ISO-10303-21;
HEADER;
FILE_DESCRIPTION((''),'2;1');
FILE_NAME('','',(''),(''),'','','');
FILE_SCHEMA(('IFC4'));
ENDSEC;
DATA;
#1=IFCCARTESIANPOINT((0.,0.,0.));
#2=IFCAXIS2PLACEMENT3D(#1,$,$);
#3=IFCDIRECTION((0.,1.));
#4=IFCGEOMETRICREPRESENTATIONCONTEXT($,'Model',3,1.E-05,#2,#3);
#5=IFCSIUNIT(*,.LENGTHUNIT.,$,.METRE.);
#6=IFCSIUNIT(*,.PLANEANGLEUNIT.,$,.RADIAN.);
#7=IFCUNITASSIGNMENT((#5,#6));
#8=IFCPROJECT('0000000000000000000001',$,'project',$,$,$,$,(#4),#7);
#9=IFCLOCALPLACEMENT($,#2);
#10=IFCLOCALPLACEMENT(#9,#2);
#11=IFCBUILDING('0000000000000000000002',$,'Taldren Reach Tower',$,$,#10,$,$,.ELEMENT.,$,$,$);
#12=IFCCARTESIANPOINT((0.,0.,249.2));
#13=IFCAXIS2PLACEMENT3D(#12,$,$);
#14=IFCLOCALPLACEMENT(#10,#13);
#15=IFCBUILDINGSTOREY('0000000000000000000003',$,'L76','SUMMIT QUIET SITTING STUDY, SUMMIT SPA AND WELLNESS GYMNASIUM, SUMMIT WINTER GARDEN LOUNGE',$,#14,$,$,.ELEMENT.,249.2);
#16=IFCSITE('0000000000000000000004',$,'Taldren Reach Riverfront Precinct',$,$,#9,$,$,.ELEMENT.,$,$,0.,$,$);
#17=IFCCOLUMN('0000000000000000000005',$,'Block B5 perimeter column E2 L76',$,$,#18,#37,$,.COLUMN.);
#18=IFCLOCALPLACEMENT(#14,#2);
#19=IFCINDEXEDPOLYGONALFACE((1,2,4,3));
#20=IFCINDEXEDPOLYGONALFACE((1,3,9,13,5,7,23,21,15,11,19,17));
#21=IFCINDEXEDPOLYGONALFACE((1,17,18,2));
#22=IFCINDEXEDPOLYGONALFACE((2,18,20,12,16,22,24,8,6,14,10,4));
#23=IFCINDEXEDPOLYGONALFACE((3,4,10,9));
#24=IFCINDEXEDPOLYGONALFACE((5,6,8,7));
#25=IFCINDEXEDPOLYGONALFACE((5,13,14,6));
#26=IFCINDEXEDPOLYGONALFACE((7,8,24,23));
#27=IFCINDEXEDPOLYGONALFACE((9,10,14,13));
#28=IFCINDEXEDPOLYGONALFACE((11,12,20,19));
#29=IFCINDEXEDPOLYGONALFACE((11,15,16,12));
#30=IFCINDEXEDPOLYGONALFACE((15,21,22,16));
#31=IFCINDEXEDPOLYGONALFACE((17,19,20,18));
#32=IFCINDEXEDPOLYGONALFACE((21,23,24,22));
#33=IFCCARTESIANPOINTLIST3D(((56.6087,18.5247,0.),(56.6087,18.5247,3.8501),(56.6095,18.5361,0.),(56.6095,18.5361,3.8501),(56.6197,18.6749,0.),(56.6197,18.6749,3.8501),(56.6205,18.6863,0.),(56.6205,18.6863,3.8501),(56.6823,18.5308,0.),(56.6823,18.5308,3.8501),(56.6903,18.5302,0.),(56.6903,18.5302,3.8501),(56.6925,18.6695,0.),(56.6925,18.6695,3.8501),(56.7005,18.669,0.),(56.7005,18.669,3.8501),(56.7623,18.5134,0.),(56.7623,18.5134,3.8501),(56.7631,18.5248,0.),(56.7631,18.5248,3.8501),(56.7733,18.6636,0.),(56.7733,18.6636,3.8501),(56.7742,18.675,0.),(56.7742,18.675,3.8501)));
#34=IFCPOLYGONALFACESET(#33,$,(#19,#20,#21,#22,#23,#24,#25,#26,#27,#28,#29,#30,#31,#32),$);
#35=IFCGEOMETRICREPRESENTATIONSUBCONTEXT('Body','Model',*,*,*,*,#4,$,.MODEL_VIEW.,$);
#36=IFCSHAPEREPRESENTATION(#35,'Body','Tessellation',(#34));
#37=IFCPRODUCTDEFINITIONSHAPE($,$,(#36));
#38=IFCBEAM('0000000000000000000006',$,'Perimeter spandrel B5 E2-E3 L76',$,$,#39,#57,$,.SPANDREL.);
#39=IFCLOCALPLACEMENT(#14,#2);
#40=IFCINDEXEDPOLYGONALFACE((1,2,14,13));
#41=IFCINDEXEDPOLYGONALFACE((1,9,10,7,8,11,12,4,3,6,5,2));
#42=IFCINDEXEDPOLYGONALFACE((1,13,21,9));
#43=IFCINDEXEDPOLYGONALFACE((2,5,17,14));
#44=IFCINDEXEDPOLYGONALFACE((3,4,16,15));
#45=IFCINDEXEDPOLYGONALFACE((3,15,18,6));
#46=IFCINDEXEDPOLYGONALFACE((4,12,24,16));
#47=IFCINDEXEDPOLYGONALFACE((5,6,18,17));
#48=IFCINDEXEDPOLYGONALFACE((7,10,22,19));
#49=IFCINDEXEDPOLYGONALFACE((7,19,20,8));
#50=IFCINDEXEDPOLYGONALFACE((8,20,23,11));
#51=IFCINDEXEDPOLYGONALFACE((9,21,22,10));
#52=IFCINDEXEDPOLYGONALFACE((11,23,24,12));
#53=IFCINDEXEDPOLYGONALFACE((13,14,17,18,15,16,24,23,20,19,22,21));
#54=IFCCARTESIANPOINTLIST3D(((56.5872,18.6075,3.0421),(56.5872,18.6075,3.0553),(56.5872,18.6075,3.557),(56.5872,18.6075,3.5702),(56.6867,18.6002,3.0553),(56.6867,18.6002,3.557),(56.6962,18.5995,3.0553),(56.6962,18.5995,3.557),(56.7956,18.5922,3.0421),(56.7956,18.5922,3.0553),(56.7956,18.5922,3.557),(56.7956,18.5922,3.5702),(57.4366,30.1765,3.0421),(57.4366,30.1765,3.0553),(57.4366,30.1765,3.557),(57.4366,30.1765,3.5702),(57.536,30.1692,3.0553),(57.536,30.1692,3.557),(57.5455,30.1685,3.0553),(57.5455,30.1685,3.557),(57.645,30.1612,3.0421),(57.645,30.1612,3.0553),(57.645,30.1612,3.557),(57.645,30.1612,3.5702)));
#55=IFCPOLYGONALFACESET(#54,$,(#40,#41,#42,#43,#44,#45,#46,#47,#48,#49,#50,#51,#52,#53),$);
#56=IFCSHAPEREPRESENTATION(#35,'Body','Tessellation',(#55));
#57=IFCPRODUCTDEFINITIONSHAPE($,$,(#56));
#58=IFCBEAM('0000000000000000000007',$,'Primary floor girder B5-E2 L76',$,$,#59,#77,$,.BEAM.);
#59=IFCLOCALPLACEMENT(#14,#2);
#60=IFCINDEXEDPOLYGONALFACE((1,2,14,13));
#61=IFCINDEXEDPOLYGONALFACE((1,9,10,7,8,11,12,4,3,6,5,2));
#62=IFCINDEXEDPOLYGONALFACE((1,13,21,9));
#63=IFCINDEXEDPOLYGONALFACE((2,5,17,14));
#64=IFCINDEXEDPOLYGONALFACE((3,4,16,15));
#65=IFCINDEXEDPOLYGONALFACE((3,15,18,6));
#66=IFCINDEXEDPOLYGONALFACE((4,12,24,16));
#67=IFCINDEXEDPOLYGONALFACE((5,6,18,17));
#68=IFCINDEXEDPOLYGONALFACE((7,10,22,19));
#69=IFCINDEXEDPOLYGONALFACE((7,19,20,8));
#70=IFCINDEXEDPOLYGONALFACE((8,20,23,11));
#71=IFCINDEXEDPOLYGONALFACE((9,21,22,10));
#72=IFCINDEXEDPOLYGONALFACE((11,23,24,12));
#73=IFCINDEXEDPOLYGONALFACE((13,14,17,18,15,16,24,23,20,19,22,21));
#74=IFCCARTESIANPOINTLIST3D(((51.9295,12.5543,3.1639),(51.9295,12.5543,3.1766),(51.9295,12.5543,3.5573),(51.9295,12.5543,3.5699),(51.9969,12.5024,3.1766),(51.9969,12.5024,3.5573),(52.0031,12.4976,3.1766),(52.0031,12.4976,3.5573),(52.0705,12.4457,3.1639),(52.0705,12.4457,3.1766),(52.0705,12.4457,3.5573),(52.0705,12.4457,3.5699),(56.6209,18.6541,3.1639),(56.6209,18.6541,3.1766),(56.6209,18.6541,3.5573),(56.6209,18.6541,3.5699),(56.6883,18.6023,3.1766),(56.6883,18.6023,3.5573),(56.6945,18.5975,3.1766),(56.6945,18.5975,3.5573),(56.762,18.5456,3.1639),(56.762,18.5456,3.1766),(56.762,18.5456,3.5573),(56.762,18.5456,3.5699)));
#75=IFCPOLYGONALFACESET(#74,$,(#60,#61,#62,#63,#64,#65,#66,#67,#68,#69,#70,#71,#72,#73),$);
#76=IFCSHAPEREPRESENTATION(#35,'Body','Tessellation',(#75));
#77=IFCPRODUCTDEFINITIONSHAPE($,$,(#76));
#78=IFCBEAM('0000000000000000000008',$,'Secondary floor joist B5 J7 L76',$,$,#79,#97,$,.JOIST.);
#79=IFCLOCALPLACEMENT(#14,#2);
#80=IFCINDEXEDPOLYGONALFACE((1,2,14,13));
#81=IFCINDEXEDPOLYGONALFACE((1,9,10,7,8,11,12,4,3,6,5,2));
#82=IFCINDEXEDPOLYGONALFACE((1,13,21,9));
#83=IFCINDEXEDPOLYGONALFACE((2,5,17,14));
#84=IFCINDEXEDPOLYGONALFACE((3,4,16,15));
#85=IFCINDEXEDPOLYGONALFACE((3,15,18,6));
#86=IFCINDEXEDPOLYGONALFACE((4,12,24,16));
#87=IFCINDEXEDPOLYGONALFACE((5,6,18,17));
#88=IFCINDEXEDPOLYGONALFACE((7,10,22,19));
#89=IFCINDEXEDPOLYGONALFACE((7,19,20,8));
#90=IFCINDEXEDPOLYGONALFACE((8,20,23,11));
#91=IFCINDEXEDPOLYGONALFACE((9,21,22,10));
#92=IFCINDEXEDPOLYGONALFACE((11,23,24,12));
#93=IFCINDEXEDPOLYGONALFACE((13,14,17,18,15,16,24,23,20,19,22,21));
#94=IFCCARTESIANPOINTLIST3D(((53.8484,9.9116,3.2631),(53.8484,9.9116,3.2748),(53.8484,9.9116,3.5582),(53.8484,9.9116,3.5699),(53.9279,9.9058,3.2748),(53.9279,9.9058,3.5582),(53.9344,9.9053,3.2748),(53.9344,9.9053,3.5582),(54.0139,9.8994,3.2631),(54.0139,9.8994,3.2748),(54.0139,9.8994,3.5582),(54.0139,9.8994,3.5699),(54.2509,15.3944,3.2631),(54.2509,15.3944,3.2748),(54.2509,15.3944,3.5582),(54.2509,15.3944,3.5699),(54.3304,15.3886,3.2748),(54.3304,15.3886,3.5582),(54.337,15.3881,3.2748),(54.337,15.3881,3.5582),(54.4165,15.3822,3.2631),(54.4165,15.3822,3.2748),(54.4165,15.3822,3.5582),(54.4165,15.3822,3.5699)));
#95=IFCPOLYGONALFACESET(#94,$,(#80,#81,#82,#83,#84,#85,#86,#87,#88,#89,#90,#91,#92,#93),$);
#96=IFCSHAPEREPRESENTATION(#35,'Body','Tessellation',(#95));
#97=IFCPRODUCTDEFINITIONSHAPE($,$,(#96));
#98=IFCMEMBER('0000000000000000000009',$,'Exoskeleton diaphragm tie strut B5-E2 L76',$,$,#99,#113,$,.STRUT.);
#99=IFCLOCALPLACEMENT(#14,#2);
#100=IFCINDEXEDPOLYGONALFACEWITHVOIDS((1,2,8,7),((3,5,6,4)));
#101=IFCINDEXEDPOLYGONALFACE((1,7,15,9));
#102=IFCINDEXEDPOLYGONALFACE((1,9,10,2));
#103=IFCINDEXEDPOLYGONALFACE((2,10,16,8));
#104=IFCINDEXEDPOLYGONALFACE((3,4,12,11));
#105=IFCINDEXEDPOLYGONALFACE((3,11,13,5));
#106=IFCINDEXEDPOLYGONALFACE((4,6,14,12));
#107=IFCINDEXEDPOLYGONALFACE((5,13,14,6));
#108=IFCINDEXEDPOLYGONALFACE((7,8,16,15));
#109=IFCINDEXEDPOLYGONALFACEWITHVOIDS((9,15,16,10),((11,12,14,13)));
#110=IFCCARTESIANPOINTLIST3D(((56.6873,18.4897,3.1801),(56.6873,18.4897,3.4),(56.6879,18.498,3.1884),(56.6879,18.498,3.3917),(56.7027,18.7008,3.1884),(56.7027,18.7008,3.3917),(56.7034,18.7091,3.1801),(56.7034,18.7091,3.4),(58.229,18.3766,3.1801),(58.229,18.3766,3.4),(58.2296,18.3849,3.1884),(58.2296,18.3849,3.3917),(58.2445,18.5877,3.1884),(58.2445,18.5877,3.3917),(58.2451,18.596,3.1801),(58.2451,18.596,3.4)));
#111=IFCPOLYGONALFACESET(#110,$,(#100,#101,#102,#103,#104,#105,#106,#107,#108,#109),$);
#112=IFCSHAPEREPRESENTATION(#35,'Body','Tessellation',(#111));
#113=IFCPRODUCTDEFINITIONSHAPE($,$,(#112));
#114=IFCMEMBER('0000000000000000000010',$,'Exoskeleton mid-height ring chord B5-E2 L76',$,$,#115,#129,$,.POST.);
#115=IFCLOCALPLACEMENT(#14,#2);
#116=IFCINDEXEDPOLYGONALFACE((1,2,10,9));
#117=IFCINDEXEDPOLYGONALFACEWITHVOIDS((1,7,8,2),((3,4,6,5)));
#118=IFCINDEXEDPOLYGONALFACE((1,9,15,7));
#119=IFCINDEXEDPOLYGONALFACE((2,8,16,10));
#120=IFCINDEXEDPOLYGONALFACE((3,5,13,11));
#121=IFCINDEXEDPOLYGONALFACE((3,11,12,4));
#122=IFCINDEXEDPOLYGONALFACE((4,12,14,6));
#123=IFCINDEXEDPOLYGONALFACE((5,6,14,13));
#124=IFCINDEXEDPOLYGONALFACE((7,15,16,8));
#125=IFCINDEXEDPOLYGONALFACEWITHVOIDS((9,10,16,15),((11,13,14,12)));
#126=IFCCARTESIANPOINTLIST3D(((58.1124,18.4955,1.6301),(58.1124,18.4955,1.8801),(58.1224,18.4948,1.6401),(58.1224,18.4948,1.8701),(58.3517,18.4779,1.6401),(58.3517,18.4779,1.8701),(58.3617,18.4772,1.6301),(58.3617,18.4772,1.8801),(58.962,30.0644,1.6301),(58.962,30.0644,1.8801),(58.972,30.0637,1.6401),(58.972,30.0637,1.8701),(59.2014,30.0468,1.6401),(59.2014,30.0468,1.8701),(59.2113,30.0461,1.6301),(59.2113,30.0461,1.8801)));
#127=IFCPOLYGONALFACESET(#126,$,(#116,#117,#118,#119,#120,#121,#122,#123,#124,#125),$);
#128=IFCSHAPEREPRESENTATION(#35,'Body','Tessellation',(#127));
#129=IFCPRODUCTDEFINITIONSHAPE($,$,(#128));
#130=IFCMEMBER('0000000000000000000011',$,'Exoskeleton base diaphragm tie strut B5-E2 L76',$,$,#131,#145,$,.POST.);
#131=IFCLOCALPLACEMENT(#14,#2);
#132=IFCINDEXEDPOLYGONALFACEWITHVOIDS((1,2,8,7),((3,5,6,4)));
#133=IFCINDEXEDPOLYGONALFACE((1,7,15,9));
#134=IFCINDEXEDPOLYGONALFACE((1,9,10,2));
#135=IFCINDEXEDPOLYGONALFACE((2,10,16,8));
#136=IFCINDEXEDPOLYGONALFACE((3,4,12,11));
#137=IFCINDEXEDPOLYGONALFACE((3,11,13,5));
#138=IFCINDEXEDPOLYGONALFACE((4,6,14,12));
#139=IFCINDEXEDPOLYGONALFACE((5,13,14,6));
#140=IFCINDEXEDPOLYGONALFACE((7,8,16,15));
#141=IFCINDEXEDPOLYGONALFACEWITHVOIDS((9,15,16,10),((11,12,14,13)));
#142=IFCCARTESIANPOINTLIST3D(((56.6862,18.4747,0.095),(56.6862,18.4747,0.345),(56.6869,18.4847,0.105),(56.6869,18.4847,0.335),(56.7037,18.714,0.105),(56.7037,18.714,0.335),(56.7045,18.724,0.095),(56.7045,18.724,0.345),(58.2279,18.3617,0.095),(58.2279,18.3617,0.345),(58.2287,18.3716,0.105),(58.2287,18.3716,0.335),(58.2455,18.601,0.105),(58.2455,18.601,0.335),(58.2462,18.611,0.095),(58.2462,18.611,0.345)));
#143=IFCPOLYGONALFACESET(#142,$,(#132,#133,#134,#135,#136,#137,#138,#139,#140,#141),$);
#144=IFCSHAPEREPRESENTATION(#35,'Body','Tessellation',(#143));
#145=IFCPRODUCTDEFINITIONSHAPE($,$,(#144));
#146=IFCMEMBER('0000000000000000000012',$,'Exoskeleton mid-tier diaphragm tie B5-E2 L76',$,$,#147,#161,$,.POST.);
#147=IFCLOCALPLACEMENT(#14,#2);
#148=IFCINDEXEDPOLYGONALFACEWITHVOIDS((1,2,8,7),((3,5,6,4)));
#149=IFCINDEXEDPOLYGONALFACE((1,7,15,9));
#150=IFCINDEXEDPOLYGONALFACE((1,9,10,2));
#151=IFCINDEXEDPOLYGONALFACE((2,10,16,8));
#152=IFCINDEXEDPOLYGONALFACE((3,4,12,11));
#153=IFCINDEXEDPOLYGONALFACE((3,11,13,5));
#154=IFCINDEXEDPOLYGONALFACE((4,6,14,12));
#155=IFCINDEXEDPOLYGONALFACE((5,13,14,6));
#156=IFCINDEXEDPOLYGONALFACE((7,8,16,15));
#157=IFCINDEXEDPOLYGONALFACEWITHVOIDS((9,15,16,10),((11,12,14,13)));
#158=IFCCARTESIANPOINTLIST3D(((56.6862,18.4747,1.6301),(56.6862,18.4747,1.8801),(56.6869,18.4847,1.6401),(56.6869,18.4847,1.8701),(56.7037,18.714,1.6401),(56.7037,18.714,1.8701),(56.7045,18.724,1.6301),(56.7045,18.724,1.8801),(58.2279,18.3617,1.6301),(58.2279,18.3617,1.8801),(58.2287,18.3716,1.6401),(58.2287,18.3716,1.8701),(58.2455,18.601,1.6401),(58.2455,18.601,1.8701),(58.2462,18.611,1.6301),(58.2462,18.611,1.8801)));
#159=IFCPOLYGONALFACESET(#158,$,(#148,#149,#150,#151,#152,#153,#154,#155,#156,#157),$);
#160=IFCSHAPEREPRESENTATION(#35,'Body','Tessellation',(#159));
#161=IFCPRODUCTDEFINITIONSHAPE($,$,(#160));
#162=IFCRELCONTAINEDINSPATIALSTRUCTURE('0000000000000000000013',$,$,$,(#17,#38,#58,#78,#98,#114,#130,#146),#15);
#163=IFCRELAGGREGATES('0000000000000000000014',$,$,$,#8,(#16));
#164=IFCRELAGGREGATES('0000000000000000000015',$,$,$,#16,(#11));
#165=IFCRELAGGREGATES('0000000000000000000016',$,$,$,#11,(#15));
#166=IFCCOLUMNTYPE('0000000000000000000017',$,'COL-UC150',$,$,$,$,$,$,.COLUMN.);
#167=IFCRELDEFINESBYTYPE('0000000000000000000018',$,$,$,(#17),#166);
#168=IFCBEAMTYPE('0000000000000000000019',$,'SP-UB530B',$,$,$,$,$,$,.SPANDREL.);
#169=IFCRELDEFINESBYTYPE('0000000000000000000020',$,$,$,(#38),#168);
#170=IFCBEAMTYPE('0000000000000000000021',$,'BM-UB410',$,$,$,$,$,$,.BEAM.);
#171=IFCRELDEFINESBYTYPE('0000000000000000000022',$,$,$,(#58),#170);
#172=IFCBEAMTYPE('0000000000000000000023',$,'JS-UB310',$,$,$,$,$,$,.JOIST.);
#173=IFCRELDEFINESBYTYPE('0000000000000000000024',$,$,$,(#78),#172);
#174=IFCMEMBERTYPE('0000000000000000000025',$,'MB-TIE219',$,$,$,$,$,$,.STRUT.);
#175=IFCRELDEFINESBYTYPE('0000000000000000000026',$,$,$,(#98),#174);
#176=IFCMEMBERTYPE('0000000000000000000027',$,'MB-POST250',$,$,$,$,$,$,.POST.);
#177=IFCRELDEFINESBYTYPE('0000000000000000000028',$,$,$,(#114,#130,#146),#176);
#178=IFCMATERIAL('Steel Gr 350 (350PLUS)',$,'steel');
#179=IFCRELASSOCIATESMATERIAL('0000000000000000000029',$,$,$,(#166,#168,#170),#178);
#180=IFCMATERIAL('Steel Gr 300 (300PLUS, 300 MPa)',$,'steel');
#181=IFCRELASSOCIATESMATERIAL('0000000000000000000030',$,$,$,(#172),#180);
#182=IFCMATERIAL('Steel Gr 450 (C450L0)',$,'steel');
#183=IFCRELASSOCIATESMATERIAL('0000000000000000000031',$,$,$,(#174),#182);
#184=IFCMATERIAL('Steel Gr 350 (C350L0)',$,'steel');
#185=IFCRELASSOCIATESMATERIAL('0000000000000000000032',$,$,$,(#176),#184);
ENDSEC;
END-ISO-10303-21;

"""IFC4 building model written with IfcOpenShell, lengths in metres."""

from ifc_helpers import new_model, si_unit, direction, frame, origin, origin_2d, place, context, subcontext, project, spatial, hollow_rectangle, i_section, extrude, source, transform, mapped, material, material_profile, profile_set, type_object, element, save


model = new_model("IFC4")

# Units and contexts
model_context = context("Model", 3, precision=1e-05, world=origin(), true_north=direction((0.0, 1.0)))
body_context = subcontext(model_context, "Body", "Model", "MODEL_VIEW")
ifc_project = project(units=[si_unit("LENGTHUNIT", "METRE"), si_unit("PLANEANGLEUNIT", "RADIAN")], contexts=[model_context])

# Site, building, storey
site_placement = place(None, origin())
site = spatial("IfcSite", under=ifc_project, at=site_placement, Name="Taldren Reach Riverfront Precinct", CompositionType="ELEMENT", RefElevation=0.0)
building_placement = place(site_placement, origin())
building = spatial("IfcBuilding", under=site, at=building_placement, Name="Taldren Reach Tower", CompositionType="ELEMENT")
storey_placement = place(building_placement, frame((0.0, 0.0, 249.2)))
storey = spatial("IfcBuildingStorey", under=building, at=storey_placement, Name="L76", Description="SUMMIT QUIET SITTING STUDY, SUMMIT SPA AND WELLNESS GYMNASIUM, SUMMIT WINTER GARDEN LOUNGE", CompositionType="ELEMENT", Elevation=249.2)

# Column
ifc_material_1 = material(Name="Steel Gr 350 (350PLUS)", Category="steel")
ifc_material_profile_1 = material_profile(ifc_material_1, i_section(OverallWidth=0.1541, OverallDepth=0.1621, WebThickness=0.0081, FlangeThickness=0.0115, at=origin_2d()), Name="150UC37.2")
ifc_profile_set_1 = profile_set([ifc_material_profile_1], Name="Steel Gr 350 (350PLUS)")
column_type = type_object("IfcColumnType", Name="COL-UC150", PredefinedType="COLUMN", material=ifc_profile_set_1)
shared_shape_1 = source(origin(), body_context, "Body", "SweptSolid", [
    extrude(i_section(OverallWidth=0.1541, OverallDepth=0.1621, WebThickness=0.0081, FlangeThickness=0.0115, at=origin_2d()), origin(), (0.0, 0.0, 1.0), 3.8501),
])
column_placement = place(storey_placement, frame((56.6914, 18.5999, 0.0), z_axis=(0.0, 0.0, 1.0), x_axis=(0.997314, -0.073238, 0.0)))
element("IfcColumn", 1, at=column_placement, inside=storey, type_object=column_type, Name="Block B5 perimeter column E2 L76", PredefinedType="COLUMN", context=body_context, shape_type="MappedRepresentation", body=[
    mapped(shared_shape_1, transform((0.0, 0.0, 0.0), scale=1.0)),
])

# Beams
ifc_material_profile_2 = material_profile(ifc_material_1, i_section(OverallWidth=0.209, OverallDepth=0.5281, WebThickness=0.0095, FlangeThickness=0.0132, at=origin_2d()), Name="530UB82.0")
ifc_profile_set_2 = profile_set([ifc_material_profile_2], Name="Steel Gr 350 (350PLUS)")
beam_type_1 = type_object("IfcBeamType", Name="SP-UB530B", PredefinedType="SPANDREL", material=ifc_profile_set_2)
shared_shape_2 = source(origin(), body_context, "Body", "SweptSolid", [
    extrude(i_section(OverallWidth=0.209, OverallDepth=0.5281, WebThickness=0.0095, FlangeThickness=0.0132, at=origin_2d()), origin(), (0.0, 0.0, 1.0), 11.6001),
])
beam_1_placement = place(storey_placement, frame((56.6914, 18.5999, 3.3062), z_axis=(0.073221, 0.997316, 0.0), x_axis=(-0.997316, 0.073221, 0.0)))
element("IfcBeam", 2, at=beam_1_placement, inside=storey, type_object=beam_type_1, Name="Perimeter spandrel B5 E2-E3 L76", PredefinedType="SPANDREL", context=body_context, shape_type="MappedRepresentation", body=[
    mapped(shared_shape_2, transform((0.0, 0.0, 0.0), scale=1.0)),
])
ifc_material_profile_3 = material_profile(ifc_material_1, i_section(OverallWidth=0.178, OverallDepth=0.406, WebThickness=0.0078, FlangeThickness=0.0127, at=origin_2d()), Name="410UB59.7")
ifc_profile_set_3 = profile_set([ifc_material_profile_3], Name="Steel Gr 350 (350PLUS)")
beam_type_2 = type_object("IfcBeamType", Name="BM-UB410", PredefinedType="BEAM", material=ifc_profile_set_3)
shared_shape_3 = source(origin(), body_context, "Body", "SweptSolid", [
    extrude(i_section(OverallWidth=0.178, OverallDepth=0.406, WebThickness=0.0078, FlangeThickness=0.0127, at=origin_2d()), origin(), (0.0, 0.0, 1.0), 7.6953),
])
beam_2_placement = place(storey_placement, frame((52.0, 12.5, 3.3669), z_axis=(0.609646, 0.792674, 0.0), x_axis=(-0.792674, 0.609646, 0.0)))
element("IfcBeam", 3, at=beam_2_placement, inside=storey, type_object=beam_type_2, Name="Primary floor girder B5-E2 L76", PredefinedType="BEAM", context=body_context, shape_type="MappedRepresentation", body=[
    mapped(shared_shape_3, transform((0.0, 0.0, 0.0), scale=1.0)),
])
ifc_material_2 = material(Name="Steel Gr 300 (300PLUS, 300 MPa)", Category="steel")
ifc_material_profile_4 = material_profile(ifc_material_2, i_section(OverallWidth=0.166, OverallDepth=0.3069, WebThickness=0.0066, FlangeThickness=0.0117, at=origin_2d()), Name="310UB46.2")
ifc_profile_set_4 = profile_set([ifc_material_profile_4], Name="Steel Gr 300 (300PLUS, 300 MPa)")
beam_type_3 = type_object("IfcBeamType", Name="JS-UB310", PredefinedType="JOIST", material=ifc_profile_set_4)
shared_shape_4 = source(origin(), body_context, "Body", "SweptSolid", [
    extrude(i_section(OverallWidth=0.166, OverallDepth=0.3069, WebThickness=0.0066, FlangeThickness=0.0117, at=origin_2d()), origin(), (0.0, 0.0, 1.0), 5.4976),
])
beam_3_placement = place(storey_placement, frame((53.9312, 9.9055, 3.4165), z_axis=(0.073229, 0.997315, 0.0), x_axis=(-0.997315, 0.073229, 0.0)))
element("IfcBeam", 4, at=beam_3_placement, inside=storey, type_object=beam_type_3, Name="Secondary floor joist B5 J7 L76", PredefinedType="JOIST", context=body_context, shape_type="MappedRepresentation", body=[
    mapped(shared_shape_4, transform((0.0, 0.0, 0.0), scale=1.0)),
])

# Members
ifc_material_3 = material(Name="Steel Gr 450 (C450L0)", Category="steel")
ifc_material_profile_5 = material_profile(ifc_material_3, hollow_rectangle(XDim=0.22, YDim=0.22, WallThickness=0.0083, at=origin_2d()), Name="220x220x8.2SHS")
ifc_profile_set_5 = profile_set([ifc_material_profile_5], Name="Steel Gr 450 (C450L0)")
member_type_1 = type_object("IfcMemberType", Name="MB-TIE219", PredefinedType="STRUT", material=ifc_profile_set_5)
shared_shape_5 = source(origin(), body_context, "Body", "SweptSolid", [
    extrude(hollow_rectangle(XDim=0.22, YDim=0.22, WallThickness=0.0083, at=origin_2d()), origin(), (0.0, 0.0, 1.0), 1.5459),
])
member_1_placement = place(storey_placement, frame((56.6953, 18.5994, 3.29), z_axis=(0.997323, -0.073121, 0.0), x_axis=(0.073121, 0.997323, 0.0)))
element("IfcMember", 5, at=member_1_placement, inside=storey, type_object=member_type_1, Name="Exoskeleton diaphragm tie strut B5-E2 L76", PredefinedType="STRUT", context=body_context, shape_type="MappedRepresentation", body=[
    mapped(shared_shape_5, transform((0.0, 0.0, 0.0), scale=1.0)),
])
ifc_material_4 = material(Name="Steel Gr 350 (C350L0)", Category="steel")
ifc_material_profile_6 = material_profile(ifc_material_4, hollow_rectangle(XDim=0.25, YDim=0.25, WallThickness=0.01, at=origin_2d()), Name="250x250x10.0SHS")
ifc_profile_set_6 = profile_set([ifc_material_profile_6], Name="Steel Gr 350 (C350L0)")
member_type_2 = type_object("IfcMemberType", Name="MB-POST250", PredefinedType="POST", material=ifc_profile_set_6)
shared_shape_6 = source(origin(), body_context, "Body", "SweptSolid", [
    extrude(hollow_rectangle(XDim=0.25, YDim=0.25, WallThickness=0.01, at=origin_2d()), origin(), (0.0, 0.0, 1.0), 11.6001),
])
member_2_placement = place(storey_placement, frame((58.2371, 18.4863, 1.7551), z_axis=(0.073242, 0.997314, 0.0), x_axis=(-0.997314, 0.073242, 0.0)))
element("IfcMember", 6, at=member_2_placement, inside=storey, type_object=member_type_2, Name="Exoskeleton mid-height ring chord B5-E2 L76", PredefinedType="POST", context=body_context, shape_type="MappedRepresentation", body=[
    mapped(shared_shape_6, transform((0.0, 0.0, 0.0), scale=1.0)),
])
shared_shape_7 = source(origin(), body_context, "Body", "SweptSolid", [
    extrude(hollow_rectangle(XDim=0.25, YDim=0.25, WallThickness=0.01, at=origin_2d()), origin(), (0.0, 0.0, 1.0), 1.5459),
])
for number, where, z_axis, x_axis, name in (
    (7, (56.6953, 18.5994, 0.22), (0.997323, -0.073121, 0.0), (0.073121, 0.997323, 0.0), "Exoskeleton base diaphragm tie strut B5-E2 L76"),
    (8, (56.6953, 18.5994, 1.7551), (0.997323, -0.073121, 0.0), (0.073121, 0.997323, 0.0), "Exoskeleton mid-tier diaphragm tie B5-E2 L76"),
):
    element("IfcMember", number, at=place(storey_placement, frame(where, z_axis=z_axis, x_axis=x_axis)), inside=storey, type_object=member_type_2, Name=name, PredefinedType="POST", context=body_context, shape_type="MappedRepresentation", body=[
        mapped(shared_shape_7, transform((0.0, 0.0, 0.0), scale=1.0)),
    ])

save(model, "model.ifc")
